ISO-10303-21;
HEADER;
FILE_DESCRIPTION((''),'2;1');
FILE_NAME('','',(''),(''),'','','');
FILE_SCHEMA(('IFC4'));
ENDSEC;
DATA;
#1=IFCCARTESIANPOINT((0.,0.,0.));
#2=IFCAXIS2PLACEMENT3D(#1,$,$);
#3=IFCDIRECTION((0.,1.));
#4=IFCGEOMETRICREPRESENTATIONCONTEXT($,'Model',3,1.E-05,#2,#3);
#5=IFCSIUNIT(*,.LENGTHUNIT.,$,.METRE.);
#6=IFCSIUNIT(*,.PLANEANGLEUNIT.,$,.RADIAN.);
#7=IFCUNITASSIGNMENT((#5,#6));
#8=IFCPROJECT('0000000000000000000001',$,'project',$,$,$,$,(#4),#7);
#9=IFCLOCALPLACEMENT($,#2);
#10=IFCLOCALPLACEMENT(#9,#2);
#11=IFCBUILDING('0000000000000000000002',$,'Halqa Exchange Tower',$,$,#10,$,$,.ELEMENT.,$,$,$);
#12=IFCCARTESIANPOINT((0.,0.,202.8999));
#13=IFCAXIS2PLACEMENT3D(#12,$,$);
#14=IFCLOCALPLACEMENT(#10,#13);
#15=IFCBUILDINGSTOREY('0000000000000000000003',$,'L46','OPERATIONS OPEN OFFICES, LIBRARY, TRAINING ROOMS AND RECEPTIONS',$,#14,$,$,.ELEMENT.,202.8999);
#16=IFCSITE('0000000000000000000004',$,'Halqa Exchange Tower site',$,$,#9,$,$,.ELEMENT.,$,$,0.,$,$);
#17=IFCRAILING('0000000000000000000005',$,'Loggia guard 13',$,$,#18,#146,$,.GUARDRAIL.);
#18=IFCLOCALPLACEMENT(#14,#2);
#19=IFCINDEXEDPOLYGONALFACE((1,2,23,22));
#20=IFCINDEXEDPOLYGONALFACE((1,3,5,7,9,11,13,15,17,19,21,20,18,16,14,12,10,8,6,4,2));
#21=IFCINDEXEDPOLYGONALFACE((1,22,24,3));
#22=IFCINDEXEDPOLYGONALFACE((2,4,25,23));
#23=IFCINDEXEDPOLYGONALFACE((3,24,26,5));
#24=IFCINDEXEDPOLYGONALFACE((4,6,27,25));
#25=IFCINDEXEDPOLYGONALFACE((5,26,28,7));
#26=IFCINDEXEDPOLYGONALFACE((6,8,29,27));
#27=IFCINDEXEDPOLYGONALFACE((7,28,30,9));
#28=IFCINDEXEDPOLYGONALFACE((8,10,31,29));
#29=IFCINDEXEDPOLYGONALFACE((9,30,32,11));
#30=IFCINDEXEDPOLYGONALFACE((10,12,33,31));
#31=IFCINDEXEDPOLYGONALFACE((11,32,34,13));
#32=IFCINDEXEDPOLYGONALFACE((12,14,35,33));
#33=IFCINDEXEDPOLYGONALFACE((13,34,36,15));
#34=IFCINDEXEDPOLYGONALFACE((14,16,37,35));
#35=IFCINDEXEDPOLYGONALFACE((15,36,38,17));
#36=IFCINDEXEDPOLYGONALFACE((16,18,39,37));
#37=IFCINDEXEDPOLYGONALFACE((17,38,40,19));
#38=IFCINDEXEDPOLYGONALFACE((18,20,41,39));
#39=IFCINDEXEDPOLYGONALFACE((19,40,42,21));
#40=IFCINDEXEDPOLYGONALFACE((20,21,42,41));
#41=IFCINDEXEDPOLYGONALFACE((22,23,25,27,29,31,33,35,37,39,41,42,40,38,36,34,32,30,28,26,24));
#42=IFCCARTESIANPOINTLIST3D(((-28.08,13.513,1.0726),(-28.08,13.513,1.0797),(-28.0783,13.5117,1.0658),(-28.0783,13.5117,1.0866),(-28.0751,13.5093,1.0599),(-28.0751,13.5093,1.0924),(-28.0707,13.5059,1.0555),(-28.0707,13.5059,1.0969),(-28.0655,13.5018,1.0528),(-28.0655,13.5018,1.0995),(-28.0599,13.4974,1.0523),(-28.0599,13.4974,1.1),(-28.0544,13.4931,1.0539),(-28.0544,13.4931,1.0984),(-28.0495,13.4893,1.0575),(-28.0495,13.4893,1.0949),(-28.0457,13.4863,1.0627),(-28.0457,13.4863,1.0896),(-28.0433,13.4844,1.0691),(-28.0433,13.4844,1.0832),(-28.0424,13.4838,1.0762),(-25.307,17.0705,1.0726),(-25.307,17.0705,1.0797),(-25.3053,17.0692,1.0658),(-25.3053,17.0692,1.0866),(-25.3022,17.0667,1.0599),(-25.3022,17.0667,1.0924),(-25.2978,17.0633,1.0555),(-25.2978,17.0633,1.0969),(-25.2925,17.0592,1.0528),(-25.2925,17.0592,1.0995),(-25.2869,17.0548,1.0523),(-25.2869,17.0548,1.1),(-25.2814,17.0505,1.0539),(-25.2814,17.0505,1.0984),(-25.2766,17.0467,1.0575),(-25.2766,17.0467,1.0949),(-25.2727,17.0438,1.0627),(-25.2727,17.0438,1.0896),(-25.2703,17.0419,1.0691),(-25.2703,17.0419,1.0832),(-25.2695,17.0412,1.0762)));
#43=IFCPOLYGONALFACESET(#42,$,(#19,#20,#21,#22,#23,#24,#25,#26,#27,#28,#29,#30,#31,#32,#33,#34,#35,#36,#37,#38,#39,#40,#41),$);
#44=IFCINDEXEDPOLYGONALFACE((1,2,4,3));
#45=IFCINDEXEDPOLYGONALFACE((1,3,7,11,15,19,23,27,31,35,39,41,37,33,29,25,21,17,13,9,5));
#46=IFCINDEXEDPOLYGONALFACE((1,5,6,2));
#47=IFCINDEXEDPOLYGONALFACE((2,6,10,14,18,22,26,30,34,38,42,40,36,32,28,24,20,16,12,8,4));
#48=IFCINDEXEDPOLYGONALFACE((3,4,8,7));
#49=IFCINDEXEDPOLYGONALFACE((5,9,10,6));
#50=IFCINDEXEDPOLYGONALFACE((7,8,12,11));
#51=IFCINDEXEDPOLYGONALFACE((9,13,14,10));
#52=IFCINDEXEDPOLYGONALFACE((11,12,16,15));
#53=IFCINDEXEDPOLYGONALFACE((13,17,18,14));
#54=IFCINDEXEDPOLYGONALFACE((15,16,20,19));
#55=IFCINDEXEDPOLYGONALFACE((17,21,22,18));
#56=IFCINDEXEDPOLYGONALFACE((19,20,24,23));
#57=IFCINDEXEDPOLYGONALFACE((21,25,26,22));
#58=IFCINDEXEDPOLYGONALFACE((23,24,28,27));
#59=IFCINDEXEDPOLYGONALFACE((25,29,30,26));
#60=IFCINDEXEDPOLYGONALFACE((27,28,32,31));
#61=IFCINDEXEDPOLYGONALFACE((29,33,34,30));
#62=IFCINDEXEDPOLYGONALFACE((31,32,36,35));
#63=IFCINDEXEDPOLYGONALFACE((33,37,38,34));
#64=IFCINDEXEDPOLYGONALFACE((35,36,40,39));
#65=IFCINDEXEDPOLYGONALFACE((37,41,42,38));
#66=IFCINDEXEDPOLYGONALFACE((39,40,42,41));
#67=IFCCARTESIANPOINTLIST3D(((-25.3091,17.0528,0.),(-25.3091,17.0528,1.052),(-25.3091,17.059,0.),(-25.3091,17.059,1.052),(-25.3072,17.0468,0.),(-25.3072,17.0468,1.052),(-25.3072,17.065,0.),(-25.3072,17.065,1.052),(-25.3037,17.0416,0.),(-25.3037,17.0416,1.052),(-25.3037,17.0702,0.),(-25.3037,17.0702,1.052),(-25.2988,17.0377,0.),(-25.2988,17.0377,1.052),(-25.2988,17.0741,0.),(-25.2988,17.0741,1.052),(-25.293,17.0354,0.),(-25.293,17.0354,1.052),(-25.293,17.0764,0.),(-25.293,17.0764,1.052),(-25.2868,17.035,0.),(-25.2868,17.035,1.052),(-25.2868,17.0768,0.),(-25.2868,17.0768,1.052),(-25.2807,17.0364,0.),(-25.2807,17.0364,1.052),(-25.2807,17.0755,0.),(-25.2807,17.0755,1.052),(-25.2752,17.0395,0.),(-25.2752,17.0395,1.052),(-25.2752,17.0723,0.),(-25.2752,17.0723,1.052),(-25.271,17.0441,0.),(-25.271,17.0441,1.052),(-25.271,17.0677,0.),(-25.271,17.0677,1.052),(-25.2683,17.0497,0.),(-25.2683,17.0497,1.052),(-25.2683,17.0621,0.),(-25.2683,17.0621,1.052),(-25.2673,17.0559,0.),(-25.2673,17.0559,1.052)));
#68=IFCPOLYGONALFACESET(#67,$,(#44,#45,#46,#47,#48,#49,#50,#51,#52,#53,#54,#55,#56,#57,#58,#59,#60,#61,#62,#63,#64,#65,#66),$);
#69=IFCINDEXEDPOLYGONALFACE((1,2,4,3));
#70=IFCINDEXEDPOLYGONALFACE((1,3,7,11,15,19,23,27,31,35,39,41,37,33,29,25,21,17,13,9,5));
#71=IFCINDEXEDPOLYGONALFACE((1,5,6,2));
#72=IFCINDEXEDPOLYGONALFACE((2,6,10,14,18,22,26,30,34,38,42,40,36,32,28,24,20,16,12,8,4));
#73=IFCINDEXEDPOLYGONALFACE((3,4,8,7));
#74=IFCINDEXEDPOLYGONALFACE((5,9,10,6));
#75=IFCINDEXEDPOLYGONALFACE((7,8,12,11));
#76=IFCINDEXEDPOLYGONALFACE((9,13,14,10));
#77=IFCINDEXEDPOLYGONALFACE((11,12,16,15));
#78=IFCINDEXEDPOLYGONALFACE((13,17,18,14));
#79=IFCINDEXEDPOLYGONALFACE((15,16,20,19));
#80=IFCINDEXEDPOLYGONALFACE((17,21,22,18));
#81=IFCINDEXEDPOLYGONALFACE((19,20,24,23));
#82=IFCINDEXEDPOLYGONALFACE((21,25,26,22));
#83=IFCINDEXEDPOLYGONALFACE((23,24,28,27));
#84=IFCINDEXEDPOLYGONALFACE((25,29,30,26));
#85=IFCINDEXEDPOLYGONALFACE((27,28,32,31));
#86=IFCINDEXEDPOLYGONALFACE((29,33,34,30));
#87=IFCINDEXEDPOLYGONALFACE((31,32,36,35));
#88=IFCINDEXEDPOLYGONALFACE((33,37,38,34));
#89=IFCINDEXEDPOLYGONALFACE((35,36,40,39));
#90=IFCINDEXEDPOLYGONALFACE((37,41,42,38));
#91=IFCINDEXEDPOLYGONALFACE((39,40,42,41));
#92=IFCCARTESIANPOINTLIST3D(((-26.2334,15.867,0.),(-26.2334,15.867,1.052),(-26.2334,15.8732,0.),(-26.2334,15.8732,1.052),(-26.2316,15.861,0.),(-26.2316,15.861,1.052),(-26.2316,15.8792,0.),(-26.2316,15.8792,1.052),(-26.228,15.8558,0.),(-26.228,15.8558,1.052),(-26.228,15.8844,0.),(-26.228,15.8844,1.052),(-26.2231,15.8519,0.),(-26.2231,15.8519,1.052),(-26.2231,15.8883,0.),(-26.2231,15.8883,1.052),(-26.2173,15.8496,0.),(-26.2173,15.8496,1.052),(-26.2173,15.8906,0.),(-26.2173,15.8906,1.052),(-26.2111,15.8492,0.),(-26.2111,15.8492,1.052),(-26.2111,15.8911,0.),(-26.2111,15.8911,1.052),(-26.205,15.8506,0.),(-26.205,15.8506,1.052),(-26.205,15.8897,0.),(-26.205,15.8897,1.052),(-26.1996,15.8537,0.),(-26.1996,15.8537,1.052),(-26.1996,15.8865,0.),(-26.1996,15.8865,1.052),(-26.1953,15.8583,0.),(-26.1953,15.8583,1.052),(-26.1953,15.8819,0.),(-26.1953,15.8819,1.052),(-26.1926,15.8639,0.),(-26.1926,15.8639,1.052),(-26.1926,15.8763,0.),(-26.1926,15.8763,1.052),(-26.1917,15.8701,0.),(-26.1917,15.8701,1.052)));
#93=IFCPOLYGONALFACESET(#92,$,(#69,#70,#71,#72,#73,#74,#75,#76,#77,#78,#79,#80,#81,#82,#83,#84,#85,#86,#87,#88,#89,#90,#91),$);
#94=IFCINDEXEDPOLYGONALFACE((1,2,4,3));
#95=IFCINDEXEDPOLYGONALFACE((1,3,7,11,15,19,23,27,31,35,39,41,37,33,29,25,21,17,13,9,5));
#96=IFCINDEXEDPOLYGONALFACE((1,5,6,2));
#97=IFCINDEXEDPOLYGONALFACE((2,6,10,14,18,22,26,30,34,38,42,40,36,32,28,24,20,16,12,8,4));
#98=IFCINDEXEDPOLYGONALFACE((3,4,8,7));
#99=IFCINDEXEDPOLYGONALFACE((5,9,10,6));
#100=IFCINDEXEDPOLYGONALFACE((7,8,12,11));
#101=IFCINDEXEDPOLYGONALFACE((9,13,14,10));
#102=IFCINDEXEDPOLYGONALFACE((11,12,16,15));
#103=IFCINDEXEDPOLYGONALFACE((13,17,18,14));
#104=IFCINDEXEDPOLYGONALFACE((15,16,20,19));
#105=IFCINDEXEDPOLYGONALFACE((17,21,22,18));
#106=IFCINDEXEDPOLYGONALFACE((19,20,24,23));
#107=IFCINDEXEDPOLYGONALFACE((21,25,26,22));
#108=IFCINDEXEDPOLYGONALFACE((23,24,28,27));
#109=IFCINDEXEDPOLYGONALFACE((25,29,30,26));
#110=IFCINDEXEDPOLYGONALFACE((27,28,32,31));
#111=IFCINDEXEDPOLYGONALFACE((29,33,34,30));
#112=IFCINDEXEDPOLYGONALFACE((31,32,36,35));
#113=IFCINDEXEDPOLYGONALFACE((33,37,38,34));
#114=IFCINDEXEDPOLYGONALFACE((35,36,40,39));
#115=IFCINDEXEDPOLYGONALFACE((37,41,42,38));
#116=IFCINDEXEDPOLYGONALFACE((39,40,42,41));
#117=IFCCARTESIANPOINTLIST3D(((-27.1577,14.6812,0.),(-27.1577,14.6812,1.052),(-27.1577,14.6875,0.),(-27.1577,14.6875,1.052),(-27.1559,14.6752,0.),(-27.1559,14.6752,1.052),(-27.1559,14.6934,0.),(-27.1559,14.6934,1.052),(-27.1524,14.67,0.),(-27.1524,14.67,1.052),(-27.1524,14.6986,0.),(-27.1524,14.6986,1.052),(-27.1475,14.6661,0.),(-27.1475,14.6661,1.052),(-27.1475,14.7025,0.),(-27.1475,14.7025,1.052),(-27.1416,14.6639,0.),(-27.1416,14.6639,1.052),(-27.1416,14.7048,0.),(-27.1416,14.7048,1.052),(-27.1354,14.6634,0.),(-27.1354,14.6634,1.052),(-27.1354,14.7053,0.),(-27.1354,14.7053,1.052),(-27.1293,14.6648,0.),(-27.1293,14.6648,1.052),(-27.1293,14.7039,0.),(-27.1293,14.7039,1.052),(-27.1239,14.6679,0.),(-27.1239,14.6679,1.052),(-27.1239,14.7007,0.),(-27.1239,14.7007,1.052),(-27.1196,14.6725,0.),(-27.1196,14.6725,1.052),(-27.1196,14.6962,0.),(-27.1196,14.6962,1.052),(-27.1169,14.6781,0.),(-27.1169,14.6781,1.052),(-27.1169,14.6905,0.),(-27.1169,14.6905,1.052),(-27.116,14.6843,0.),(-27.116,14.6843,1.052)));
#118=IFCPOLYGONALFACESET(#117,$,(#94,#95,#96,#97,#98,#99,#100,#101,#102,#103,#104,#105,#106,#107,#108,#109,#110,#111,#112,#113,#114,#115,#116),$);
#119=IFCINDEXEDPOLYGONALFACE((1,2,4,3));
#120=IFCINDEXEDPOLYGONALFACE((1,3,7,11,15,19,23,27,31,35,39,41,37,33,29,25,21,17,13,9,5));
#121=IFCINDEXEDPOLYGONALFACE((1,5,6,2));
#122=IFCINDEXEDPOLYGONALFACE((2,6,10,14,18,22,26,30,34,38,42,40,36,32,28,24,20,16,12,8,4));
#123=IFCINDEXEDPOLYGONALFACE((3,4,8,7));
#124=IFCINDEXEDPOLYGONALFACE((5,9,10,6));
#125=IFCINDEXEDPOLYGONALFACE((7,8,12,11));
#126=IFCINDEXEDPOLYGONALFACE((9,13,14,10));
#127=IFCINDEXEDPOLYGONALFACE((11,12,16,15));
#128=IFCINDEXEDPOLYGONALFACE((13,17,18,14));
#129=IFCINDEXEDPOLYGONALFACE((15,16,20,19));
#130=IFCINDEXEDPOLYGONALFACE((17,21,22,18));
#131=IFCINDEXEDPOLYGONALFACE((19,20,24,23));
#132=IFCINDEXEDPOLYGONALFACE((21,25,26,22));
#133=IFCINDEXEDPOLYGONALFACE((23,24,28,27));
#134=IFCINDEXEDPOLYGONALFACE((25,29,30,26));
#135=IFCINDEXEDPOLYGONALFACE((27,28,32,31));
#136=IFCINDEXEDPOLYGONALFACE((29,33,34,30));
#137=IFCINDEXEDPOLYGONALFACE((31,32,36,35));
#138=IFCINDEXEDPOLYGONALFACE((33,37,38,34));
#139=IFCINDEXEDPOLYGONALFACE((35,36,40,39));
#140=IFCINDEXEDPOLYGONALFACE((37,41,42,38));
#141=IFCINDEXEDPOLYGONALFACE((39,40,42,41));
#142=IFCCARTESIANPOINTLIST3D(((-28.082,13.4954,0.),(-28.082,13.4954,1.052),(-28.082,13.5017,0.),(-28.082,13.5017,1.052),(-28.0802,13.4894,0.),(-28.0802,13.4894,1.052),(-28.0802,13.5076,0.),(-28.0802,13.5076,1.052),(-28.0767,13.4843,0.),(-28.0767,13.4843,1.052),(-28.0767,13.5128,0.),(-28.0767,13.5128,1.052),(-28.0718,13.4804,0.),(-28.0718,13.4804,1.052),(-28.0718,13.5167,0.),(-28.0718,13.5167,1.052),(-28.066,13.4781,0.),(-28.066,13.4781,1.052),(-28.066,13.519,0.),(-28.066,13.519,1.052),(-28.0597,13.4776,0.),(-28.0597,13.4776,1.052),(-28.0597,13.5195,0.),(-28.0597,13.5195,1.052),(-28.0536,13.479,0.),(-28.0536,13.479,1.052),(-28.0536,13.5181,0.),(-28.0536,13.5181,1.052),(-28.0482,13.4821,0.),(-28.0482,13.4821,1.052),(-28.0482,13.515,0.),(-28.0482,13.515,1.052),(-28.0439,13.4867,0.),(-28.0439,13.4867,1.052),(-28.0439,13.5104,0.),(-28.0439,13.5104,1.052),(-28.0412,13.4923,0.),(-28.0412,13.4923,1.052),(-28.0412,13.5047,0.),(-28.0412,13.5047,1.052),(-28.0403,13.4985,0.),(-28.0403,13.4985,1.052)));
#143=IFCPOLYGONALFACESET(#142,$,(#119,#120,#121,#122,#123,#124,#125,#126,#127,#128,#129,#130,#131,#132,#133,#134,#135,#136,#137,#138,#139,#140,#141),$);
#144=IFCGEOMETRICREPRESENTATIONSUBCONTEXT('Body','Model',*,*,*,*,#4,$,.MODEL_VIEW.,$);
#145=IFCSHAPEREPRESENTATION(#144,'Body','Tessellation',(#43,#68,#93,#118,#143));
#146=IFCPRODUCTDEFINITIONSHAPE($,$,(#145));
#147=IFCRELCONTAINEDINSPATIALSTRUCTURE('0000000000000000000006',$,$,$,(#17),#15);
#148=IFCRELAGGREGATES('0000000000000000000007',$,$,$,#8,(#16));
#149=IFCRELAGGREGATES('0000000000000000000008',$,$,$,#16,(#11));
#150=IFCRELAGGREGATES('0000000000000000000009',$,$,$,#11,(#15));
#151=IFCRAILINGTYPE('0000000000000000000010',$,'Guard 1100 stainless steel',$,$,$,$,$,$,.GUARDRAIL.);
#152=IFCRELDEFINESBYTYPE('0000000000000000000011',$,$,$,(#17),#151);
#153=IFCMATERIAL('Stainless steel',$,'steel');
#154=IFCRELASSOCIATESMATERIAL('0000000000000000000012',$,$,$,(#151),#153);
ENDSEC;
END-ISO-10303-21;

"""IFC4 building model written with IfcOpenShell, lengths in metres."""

from ifc_helpers import new_model, si_unit, direction, frame, origin, origin_2d, place, context, subcontext, project, spatial, circle, extrude, material, type_object, element, save


model = new_model("IFC4")

# Units and contexts
model_context = context("Model", 3, precision=1e-05, world=origin(), true_north=direction((0.0, 1.0)))
body_context = subcontext(model_context, "Body", "Model", "MODEL_VIEW")
ifc_project = project(units=[si_unit("LENGTHUNIT", "METRE"), si_unit("PLANEANGLEUNIT", "RADIAN")], contexts=[model_context])

# Site, building, storey
site_placement = place(None, origin())
site = spatial("IfcSite", under=ifc_project, at=site_placement, Name="Halqa Exchange Tower site", CompositionType="ELEMENT", RefElevation=0.0)
building_placement = place(site_placement, origin())
building = spatial("IfcBuilding", under=site, at=building_placement, Name="Halqa Exchange Tower", CompositionType="ELEMENT")
storey_placement = place(building_placement, frame((0.0, 0.0, 202.8999)))
storey = spatial("IfcBuildingStorey", under=building, at=storey_placement, Name="L46", Description="OPERATIONS OPEN OFFICES, LIBRARY, TRAINING ROOMS AND RECEPTIONS", CompositionType="ELEMENT", Elevation=202.8999)

# Railing
ifc_material_1 = material(Name="Stainless steel", Category="steel")
railing_type = type_object("IfcRailingType", Name="Guard 1100 stainless steel", PredefinedType="GUARDRAIL", material=ifc_material_1)
railing_1_placement = place(storey_placement, frame((-25.2883, 17.0559, 0.0)))
element("IfcRailing", 1, at=railing_1_placement, inside=storey, type_object=railing_type, Name="Loggia guard 13", PredefinedType="GUARDRAIL", context=body_context, shape_type="SweptSolid", body=[
    extrude(circle(Radius=0.0239, at=origin_2d()), frame((0.0, 0.0, 1.0762), z_axis=(-0.614783, -0.788696, 0.0), x_axis=(0.788696, -0.614783, 0.0)), (0.0, 0.0, 1.0), 4.5105),
    extrude(circle(Radius=0.021, at=origin_2d()), origin(), (0.0, 0.0, 1.0), 1.052),
    extrude(circle(Radius=0.021, at=origin_2d()), frame((-0.9243, -1.1858, 0.0)), (0.0, 0.0, 1.0), 1.052),
    extrude(circle(Radius=0.021, at=origin_2d()), frame((-1.8486, -2.3716, 0.0)), (0.0, 0.0, 1.0), 1.052),
    extrude(circle(Radius=0.021, at=origin_2d()), frame((-2.7729, -3.5574, 0.0)), (0.0, 0.0, 1.0), 1.052),
])

save(model, "model.ifc")
